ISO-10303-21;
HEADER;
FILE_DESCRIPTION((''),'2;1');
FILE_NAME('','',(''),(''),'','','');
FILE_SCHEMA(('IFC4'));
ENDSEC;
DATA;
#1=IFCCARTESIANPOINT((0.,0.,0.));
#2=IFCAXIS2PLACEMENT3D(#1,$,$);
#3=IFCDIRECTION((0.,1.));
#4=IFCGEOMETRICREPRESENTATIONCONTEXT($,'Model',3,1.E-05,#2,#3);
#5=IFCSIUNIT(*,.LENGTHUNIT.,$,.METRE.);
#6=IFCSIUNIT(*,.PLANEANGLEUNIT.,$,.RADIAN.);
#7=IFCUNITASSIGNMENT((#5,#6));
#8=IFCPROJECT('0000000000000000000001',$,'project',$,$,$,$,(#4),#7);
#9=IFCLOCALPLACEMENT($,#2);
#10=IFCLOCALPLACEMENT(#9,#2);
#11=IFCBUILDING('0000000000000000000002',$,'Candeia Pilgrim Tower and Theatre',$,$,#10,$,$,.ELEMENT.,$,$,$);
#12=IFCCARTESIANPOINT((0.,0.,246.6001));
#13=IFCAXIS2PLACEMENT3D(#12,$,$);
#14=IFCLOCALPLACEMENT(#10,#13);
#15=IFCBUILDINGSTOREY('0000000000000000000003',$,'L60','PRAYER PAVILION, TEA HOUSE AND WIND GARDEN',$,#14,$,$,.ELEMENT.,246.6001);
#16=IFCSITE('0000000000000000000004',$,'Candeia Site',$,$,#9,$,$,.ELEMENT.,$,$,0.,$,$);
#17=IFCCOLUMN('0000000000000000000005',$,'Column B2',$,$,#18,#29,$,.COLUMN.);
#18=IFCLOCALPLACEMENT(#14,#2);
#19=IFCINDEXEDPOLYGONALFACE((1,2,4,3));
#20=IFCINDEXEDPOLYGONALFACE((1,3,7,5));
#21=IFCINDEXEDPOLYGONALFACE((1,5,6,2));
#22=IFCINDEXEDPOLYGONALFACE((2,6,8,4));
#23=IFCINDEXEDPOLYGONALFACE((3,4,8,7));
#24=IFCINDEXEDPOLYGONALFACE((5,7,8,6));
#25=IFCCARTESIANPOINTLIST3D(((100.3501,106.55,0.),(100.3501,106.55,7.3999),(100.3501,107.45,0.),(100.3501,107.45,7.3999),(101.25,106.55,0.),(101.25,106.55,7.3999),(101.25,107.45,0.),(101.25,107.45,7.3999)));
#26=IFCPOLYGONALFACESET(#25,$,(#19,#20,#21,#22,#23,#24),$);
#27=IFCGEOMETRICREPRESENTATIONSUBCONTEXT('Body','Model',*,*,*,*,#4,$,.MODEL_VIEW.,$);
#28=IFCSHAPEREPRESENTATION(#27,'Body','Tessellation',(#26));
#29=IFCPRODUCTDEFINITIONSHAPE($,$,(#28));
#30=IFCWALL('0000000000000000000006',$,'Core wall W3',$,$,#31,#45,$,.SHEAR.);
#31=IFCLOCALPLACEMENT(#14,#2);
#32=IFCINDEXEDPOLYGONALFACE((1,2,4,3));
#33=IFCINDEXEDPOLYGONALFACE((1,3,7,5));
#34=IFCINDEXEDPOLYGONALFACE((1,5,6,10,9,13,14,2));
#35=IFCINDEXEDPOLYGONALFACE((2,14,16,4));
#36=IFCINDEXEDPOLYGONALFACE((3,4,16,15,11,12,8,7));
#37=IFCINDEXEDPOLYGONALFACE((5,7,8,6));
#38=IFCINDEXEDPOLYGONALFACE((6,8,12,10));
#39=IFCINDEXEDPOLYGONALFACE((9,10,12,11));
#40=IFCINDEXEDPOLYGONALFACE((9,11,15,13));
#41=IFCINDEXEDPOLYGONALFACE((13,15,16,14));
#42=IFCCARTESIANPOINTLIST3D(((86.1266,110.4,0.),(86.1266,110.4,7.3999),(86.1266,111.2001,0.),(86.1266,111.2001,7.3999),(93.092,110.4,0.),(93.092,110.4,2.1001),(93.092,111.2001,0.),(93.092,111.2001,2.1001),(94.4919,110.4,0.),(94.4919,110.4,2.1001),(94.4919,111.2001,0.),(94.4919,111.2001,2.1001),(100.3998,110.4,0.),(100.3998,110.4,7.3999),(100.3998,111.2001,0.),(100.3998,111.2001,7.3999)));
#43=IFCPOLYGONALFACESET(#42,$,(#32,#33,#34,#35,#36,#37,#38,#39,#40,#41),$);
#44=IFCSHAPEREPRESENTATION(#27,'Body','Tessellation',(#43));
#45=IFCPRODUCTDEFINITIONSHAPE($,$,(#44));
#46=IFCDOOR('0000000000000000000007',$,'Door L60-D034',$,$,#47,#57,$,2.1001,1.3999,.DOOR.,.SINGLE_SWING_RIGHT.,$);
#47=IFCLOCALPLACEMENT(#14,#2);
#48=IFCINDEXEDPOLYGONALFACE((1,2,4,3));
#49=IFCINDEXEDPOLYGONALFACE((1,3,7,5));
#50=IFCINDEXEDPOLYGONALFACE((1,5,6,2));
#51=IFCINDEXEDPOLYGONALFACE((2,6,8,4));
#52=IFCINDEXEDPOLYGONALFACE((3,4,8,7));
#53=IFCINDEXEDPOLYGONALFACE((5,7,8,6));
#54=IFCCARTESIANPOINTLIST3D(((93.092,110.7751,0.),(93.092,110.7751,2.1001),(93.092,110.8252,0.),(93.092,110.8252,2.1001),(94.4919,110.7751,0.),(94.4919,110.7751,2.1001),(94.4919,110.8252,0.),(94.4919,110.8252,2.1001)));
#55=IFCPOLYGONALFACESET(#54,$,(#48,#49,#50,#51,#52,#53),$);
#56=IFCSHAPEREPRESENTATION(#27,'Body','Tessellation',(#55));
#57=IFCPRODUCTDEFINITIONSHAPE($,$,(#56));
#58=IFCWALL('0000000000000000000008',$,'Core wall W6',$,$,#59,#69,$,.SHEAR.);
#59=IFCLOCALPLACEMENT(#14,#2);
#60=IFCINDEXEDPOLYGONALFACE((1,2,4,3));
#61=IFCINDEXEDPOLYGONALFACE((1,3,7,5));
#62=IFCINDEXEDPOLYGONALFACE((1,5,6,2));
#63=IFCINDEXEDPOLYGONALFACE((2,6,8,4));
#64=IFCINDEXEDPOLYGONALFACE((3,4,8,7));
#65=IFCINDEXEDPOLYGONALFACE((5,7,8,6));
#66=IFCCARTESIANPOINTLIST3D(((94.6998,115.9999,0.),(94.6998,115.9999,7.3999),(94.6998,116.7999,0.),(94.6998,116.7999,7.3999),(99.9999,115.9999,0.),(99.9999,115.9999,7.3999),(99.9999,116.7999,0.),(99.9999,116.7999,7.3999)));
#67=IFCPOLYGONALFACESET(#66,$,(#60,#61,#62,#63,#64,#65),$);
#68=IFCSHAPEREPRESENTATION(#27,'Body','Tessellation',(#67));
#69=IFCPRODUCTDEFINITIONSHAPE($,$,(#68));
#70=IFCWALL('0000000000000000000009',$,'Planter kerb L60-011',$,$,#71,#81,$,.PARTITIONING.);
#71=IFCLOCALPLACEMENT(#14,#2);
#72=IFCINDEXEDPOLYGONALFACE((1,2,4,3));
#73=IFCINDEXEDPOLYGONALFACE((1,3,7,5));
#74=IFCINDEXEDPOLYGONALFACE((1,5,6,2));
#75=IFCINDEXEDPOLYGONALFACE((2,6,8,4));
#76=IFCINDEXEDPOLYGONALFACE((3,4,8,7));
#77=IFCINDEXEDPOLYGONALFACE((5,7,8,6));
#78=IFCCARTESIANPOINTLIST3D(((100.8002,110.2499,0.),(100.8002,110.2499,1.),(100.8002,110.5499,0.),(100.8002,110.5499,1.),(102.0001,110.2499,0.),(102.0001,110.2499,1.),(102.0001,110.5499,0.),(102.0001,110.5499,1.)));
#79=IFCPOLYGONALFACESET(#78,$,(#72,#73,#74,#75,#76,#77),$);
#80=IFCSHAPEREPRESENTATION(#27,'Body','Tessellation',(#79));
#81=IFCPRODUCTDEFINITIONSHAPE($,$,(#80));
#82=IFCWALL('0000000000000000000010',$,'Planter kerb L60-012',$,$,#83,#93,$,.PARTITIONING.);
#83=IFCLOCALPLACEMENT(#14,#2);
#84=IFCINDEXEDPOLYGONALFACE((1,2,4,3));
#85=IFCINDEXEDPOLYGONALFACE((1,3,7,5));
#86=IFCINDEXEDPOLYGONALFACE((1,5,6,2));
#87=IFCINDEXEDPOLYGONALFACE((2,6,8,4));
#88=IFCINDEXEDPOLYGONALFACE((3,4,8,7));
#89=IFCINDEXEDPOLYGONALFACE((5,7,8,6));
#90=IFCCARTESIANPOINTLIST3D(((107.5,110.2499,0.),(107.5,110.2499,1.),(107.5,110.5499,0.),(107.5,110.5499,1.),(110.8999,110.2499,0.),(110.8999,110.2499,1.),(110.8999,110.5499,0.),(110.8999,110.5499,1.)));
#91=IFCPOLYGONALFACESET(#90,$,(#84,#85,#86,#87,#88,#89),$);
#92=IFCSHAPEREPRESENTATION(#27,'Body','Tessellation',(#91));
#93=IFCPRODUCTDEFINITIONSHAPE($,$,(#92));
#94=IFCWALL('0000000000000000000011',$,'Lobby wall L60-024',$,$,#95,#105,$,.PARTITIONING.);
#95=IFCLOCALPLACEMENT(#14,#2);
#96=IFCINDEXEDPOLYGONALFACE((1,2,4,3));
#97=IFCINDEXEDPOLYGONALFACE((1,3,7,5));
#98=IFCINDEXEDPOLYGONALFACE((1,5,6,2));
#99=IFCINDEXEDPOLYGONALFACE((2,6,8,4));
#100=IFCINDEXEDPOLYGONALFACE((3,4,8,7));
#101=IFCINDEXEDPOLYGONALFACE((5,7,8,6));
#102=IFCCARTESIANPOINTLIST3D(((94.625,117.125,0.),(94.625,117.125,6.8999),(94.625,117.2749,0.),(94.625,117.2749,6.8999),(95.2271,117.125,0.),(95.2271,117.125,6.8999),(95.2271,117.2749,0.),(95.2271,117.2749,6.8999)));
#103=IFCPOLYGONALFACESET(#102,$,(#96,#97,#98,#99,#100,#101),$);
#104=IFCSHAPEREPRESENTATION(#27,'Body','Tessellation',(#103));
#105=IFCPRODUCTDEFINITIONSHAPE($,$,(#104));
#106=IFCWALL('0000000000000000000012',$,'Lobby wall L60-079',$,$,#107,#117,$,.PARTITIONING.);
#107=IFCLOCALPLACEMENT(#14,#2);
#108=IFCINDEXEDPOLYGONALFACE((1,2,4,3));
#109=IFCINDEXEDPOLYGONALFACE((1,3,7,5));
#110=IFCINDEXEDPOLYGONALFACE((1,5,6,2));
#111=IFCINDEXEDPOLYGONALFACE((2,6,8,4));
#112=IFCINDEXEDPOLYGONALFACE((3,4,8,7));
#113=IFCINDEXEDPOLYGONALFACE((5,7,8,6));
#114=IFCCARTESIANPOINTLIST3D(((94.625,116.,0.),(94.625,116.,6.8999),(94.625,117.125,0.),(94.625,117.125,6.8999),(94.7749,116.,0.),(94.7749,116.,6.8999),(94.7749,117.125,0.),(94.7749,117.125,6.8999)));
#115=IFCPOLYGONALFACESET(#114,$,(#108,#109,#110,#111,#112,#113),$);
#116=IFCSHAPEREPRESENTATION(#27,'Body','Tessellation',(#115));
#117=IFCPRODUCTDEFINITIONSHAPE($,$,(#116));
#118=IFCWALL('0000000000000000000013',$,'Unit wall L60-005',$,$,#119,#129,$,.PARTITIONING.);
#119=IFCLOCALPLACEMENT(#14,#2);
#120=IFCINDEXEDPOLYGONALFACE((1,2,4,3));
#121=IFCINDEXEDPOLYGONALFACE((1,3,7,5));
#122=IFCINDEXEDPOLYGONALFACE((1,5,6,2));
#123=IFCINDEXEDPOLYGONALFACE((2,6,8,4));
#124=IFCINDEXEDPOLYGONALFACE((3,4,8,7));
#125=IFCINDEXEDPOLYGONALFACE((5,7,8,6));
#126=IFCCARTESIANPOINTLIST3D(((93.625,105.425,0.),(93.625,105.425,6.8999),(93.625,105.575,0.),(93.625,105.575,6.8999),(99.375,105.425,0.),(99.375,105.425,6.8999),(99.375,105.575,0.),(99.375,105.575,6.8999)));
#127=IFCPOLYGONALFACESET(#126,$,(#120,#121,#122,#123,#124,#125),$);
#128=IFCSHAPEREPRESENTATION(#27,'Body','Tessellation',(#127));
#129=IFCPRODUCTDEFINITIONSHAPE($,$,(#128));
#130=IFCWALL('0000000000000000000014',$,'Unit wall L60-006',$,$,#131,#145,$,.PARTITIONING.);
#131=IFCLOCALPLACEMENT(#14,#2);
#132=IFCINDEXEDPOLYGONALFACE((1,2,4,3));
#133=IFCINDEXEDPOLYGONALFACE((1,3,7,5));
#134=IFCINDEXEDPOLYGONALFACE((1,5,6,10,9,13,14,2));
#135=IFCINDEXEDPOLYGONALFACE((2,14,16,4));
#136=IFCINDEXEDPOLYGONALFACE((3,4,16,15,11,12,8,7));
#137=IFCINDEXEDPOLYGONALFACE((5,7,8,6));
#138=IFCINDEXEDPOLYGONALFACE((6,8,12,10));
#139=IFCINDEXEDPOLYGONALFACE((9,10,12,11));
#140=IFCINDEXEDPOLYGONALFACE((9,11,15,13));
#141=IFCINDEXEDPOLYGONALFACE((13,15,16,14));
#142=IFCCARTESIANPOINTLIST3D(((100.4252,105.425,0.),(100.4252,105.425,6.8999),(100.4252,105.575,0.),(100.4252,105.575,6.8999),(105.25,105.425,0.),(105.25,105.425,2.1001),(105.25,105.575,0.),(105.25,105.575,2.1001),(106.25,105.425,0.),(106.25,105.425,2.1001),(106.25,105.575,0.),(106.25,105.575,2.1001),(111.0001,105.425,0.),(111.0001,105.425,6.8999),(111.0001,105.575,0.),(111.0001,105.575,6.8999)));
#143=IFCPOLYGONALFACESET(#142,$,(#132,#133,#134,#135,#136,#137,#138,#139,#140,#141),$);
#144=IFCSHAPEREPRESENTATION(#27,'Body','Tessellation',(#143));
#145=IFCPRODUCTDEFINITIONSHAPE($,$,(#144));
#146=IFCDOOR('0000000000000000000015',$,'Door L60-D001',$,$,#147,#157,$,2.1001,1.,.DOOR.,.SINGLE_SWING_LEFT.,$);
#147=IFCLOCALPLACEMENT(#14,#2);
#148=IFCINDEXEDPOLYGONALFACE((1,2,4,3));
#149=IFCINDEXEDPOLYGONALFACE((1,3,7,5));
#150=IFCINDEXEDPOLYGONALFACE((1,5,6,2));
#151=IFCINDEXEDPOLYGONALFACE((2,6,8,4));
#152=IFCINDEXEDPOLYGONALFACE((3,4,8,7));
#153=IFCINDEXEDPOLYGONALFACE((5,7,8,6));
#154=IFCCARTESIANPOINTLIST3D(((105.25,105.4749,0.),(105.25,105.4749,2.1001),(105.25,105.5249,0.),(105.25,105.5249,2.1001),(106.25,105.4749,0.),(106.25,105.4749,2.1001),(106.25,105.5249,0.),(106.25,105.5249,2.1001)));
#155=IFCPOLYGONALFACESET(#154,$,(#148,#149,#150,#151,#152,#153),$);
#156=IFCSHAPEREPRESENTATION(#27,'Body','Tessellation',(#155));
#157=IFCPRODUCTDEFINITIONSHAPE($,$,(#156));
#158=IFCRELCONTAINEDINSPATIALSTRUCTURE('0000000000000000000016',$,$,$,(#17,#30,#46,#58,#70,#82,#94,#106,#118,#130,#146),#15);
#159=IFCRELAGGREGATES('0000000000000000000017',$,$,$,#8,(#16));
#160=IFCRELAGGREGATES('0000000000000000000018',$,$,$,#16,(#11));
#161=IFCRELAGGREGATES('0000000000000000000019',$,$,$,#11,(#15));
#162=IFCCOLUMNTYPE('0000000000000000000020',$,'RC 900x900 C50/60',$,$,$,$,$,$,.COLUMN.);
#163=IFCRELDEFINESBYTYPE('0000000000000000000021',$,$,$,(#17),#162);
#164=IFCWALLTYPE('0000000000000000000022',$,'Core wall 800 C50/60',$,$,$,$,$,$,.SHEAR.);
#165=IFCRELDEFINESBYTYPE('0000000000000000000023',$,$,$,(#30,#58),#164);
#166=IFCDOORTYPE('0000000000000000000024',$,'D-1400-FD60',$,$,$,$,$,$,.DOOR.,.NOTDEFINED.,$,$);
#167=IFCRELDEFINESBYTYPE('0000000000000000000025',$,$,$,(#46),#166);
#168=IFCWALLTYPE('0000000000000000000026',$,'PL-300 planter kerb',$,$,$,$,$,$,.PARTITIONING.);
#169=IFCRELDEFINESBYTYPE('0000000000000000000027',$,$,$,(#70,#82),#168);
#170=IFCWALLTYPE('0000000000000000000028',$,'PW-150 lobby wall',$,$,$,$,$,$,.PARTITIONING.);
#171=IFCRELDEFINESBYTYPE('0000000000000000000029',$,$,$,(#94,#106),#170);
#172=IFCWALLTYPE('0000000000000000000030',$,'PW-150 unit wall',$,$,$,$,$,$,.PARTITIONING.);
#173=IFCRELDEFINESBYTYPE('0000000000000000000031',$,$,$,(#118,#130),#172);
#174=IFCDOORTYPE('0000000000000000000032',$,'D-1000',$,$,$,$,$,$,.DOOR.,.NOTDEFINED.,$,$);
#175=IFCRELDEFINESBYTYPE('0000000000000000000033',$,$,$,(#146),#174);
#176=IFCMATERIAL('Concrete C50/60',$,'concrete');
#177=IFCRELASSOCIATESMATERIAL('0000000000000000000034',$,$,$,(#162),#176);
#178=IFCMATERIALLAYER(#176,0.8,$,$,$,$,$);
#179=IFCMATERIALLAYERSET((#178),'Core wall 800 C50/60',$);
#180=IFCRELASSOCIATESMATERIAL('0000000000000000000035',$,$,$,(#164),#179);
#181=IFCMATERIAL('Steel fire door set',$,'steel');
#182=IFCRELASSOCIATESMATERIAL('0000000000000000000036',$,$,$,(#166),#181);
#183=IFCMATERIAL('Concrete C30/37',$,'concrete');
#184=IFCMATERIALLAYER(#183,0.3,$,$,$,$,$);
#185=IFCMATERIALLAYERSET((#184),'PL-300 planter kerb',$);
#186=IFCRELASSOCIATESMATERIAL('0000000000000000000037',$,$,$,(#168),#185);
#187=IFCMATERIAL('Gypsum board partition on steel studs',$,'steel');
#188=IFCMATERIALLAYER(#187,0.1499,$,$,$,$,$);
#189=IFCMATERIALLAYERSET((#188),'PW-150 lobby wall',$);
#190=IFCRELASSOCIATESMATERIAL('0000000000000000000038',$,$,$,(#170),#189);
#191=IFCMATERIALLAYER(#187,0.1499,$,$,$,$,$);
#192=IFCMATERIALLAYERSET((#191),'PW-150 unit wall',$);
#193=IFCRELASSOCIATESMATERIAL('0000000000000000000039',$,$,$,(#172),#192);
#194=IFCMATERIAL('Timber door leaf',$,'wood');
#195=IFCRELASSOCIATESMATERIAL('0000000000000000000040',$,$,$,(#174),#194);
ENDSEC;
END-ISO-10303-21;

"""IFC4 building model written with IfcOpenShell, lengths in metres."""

from ifc_helpers import new_model, si_unit, direction, frame, frame_2d, origin, origin_2d, place, context, subcontext, project, spatial, rectangle, extrude, material, layer, layer_set, material_profile, profile_set, type_object, element, fill, save


model = new_model("IFC4")

# Units and contexts
model_context = context("Model", 3, precision=1e-05, world=origin(), true_north=direction((0.0, 1.0)))
body_context = subcontext(model_context, "Body", "Model", "MODEL_VIEW")
ifc_project = project(units=[si_unit("LENGTHUNIT", "METRE"), si_unit("PLANEANGLEUNIT", "RADIAN")], contexts=[model_context])

# Site, building, storey
site_placement = place(None, origin())
site = spatial("IfcSite", under=ifc_project, at=site_placement, Name="Candeia Site", CompositionType="ELEMENT", RefElevation=0.0)
building_placement = place(site_placement, origin())
building = spatial("IfcBuilding", under=site, at=building_placement, Name="Candeia Pilgrim Tower and Theatre", CompositionType="ELEMENT")
storey_placement = place(building_placement, frame((0.0, 0.0, 246.6001)))
storey = spatial("IfcBuildingStorey", under=building, at=storey_placement, Name="L60", Description="PRAYER PAVILION, TEA HOUSE AND WIND GARDEN", CompositionType="ELEMENT", Elevation=246.6001)

# Column
ifc_material_1 = material(Name="Concrete C50/60", Category="concrete")
ifc_material_profile = material_profile(ifc_material_1, rectangle(XDim=0.8999, YDim=0.8999, at=origin_2d()))
ifc_profile_set = profile_set([ifc_material_profile], Name="Concrete C50/60")
column_type = type_object("IfcColumnType", Name="RC 900x900 C50/60", PredefinedType="COLUMN", material=ifc_profile_set)
column_placement = place(storey_placement, frame((100.8, 107.0, 0.0), z_axis=(0.0, 0.0, 1.0), x_axis=(1.0, 0.0, 0.0)))
element("IfcColumn", 1, at=column_placement, inside=storey, type_object=column_type, Name="Column B2", PredefinedType="COLUMN", context=body_context, shape_type="SweptSolid", body=[
    extrude(rectangle(XDim=0.8999, YDim=0.8999, at=origin_2d()), origin(), (0.0, 0.0, 1.0), 7.3999),
])

# Wall, opening, door
ifc_layer_1 = layer(ifc_material_1, 0.8)
ifc_layer_set_1 = layer_set([ifc_layer_1], Name="Core wall 800 C50/60")
wall_type_1 = type_object("IfcWallType", Name="Core wall 800 C50/60", PredefinedType="SHEAR", material=ifc_layer_set_1)
wall_1_placement = place(storey_placement, frame((100.3999, 110.8, 0.0), z_axis=(0.0, 0.0, 1.0), x_axis=(-1.0, 0.0, 0.0)))
wall_1 = element("IfcWall", 2, at=wall_1_placement, inside=storey, type_object=wall_type_1, Name="Core wall W3", PredefinedType="SHEAR", context=body_context, shape_type="SweptSolid", body=[
    extrude(rectangle(XDim=14.2732, YDim=0.8, at=frame_2d((7.1367, 0.0))), origin(), (0.0, 0.0, 1.0), 7.3999),
])
opening_1_placement = place(wall_1_placement, frame((5.908, 0.0, 0.0)))
opening_1 = element("IfcOpeningElement", 3, at=opening_1_placement, cuts=wall_1, PredefinedType="OPENING", context=body_context, shape_type="SweptSolid", body=[
    extrude(rectangle(XDim=1.3999, YDim=2.1001, at=frame_2d((0.7, 1.05))), frame((0.0, 0.4102, 0.0), z_axis=(0.0, -1.0, 0.0), x_axis=(1.0, 0.0, 0.0)), (0.0, 0.0, 1.0), 0.8201),
])
ifc_material_2 = material(Name="Steel fire door set", Category="steel")
door_type_1 = type_object("IfcDoorType", Name="D-1400-FD60", OperationType="NOTDEFINED", PredefinedType="DOOR", material=ifc_material_2)
door_1_placement = place(opening_1_placement, origin())
door_1 = element("IfcDoor", 4, at=door_1_placement, inside=storey, type_object=door_type_1, Name="Door L60-D034", OperationType="SINGLE_SWING_RIGHT", OverallHeight=2.1001, OverallWidth=1.3999, PredefinedType="DOOR", context=body_context, shape_type="SweptSolid", body=[
    extrude(rectangle(XDim=1.3999, YDim=2.1001, at=frame_2d((0.7, 1.05))), frame((0.0, 0.0249, 0.0), z_axis=(0.0, -1.0, 0.0), x_axis=(1.0, 0.0, 0.0)), (0.0, 0.0, 1.0), 0.05),
])
fill(opening_1, door_1)

# Walls
wall_2_placement = place(storey_placement, frame((94.7, 116.3999, 0.0), z_axis=(0.0, 0.0, 1.0), x_axis=(1.0, 0.0, 0.0)))
element("IfcWall", 5, at=wall_2_placement, inside=storey, type_object=wall_type_1, Name="Core wall W6", PredefinedType="SHEAR", context=body_context, shape_type="SweptSolid", body=[
    extrude(rectangle(XDim=5.3, YDim=0.8, at=frame_2d((2.6499, 0.0))), origin(), (0.0, 0.0, 1.0), 7.3999),
])
ifc_material_3 = material(Name="Concrete C30/37", Category="concrete")
ifc_layer_2 = layer(ifc_material_3, 0.3)
ifc_layer_set_2 = layer_set([ifc_layer_2], Name="PL-300 planter kerb")
wall_type_2 = type_object("IfcWallType", Name="PL-300 planter kerb", PredefinedType="PARTITIONING", material=ifc_layer_set_2)
wall_3_placement = place(storey_placement, frame((100.8, 110.3999, 0.0), z_axis=(0.0, 0.0, 1.0), x_axis=(1.0, 0.0, 0.0)))
element("IfcWall", 6, at=wall_3_placement, inside=storey, type_object=wall_type_2, Name="Planter kerb L60-011", PredefinedType="PARTITIONING", context=body_context, shape_type="SweptSolid", body=[
    extrude(rectangle(XDim=1.2, YDim=0.3, at=frame_2d((0.6001, 0.0))), origin(), (0.0, 0.0, 1.0), 1.0),
])
wall_4_placement = place(storey_placement, frame((107.5, 110.3999, 0.0), z_axis=(0.0, 0.0, 1.0), x_axis=(1.0, 0.0, 0.0)))
element("IfcWall", 7, at=wall_4_placement, inside=storey, type_object=wall_type_2, Name="Planter kerb L60-012", PredefinedType="PARTITIONING", context=body_context, shape_type="SweptSolid", body=[
    extrude(rectangle(XDim=3.3999, YDim=0.3, at=frame_2d((1.7, 0.0))), origin(), (0.0, 0.0, 1.0), 1.0),
])
ifc_material_4 = material(Name="Gypsum board partition on steel studs", Category="steel")
ifc_layer_3 = layer(ifc_material_4, 0.1499)
ifc_layer_set_3 = layer_set([ifc_layer_3], Name="PW-150 lobby wall")
wall_type_3 = type_object("IfcWallType", Name="PW-150 lobby wall", PredefinedType="PARTITIONING", material=ifc_layer_set_3)
wall_5_placement = place(storey_placement, frame((94.625, 117.2, 0.0), z_axis=(0.0, 0.0, 1.0), x_axis=(1.0, 0.0, 0.0)))
element("IfcWall", 8, at=wall_5_placement, inside=storey, type_object=wall_type_3, Name="Lobby wall L60-024", PredefinedType="PARTITIONING", context=body_context, shape_type="SweptSolid", body=[
    extrude(rectangle(XDim=0.6021, YDim=0.1499, at=frame_2d((0.301, 0.0))), origin(), (0.0, 0.0, 1.0), 6.8999),
])
wall_6_placement = place(storey_placement, frame((94.7, 116.0, 0.0), z_axis=(0.0, 0.0, 1.0), x_axis=(0.0, 1.0, 0.0)))
element("IfcWall", 9, at=wall_6_placement, inside=storey, type_object=wall_type_3, Name="Lobby wall L60-079", PredefinedType="PARTITIONING", context=body_context, shape_type="SweptSolid", body=[
    extrude(rectangle(XDim=1.125, YDim=0.1499, at=frame_2d((0.5625, 0.0))), origin(), (0.0, 0.0, 1.0), 6.8999),
])
ifc_layer_4 = layer(ifc_material_4, 0.1499)
ifc_layer_set_4 = layer_set([ifc_layer_4], Name="PW-150 unit wall")
wall_type_4 = type_object("IfcWallType", Name="PW-150 unit wall", PredefinedType="PARTITIONING", material=ifc_layer_set_4)
wall_7_placement = place(storey_placement, frame((93.625, 105.5, 0.0), z_axis=(0.0, 0.0, 1.0), x_axis=(1.0, 0.0, 0.0)))
element("IfcWall", 10, at=wall_7_placement, inside=storey, type_object=wall_type_4, Name="Unit wall L60-005", PredefinedType="PARTITIONING", context=body_context, shape_type="SweptSolid", body=[
    extrude(rectangle(XDim=5.75, YDim=0.1499, at=frame_2d((2.875, 0.0))), origin(), (0.0, 0.0, 1.0), 6.8999),
])

# Wall, opening, door
wall_8_placement = place(storey_placement, frame((100.425, 105.5, 0.0), z_axis=(0.0, 0.0, 1.0), x_axis=(1.0, 0.0, 0.0)))
wall_8 = element("IfcWall", 11, at=wall_8_placement, inside=storey, type_object=wall_type_4, Name="Unit wall L60-006", PredefinedType="PARTITIONING", context=body_context, shape_type="SweptSolid", body=[
    extrude(rectangle(XDim=10.575, YDim=0.1499, at=frame_2d((5.2876, 0.0))), origin(), (0.0, 0.0, 1.0), 6.8999),
])
opening_2_placement = place(wall_8_placement, frame((4.825, 0.0, 0.0)))
opening_2 = element("IfcOpeningElement", 12, at=opening_2_placement, cuts=wall_8, PredefinedType="OPENING", context=body_context, shape_type="SweptSolid", body=[
    extrude(rectangle(XDim=1.0, YDim=2.1001, at=frame_2d((0.5, 1.05))), frame((0.0, 0.085, 0.0), z_axis=(0.0, -1.0, 0.0), x_axis=(1.0, 0.0, 0.0)), (0.0, 0.0, 1.0), 0.1699),
])
ifc_material_5 = material(Name="Timber door leaf", Category="wood")
door_type_2 = type_object("IfcDoorType", Name="D-1000", OperationType="NOTDEFINED", PredefinedType="DOOR", material=ifc_material_5)
door_2_placement = place(opening_2_placement, origin())
door_2 = element("IfcDoor", 13, at=door_2_placement, inside=storey, type_object=door_type_2, Name="Door L60-D001", OperationType="SINGLE_SWING_LEFT", OverallHeight=2.1001, OverallWidth=1.0, PredefinedType="DOOR", context=body_context, shape_type="SweptSolid", body=[
    extrude(rectangle(XDim=1.0, YDim=2.1001, at=frame_2d((0.5, 1.05))), frame((0.0, 0.0249, 0.0), z_axis=(0.0, -1.0, 0.0), x_axis=(1.0, 0.0, 0.0)), (0.0, 0.0, 1.0), 0.05),
])
fill(opening_2, door_2)

save(model, "model.ifc")
